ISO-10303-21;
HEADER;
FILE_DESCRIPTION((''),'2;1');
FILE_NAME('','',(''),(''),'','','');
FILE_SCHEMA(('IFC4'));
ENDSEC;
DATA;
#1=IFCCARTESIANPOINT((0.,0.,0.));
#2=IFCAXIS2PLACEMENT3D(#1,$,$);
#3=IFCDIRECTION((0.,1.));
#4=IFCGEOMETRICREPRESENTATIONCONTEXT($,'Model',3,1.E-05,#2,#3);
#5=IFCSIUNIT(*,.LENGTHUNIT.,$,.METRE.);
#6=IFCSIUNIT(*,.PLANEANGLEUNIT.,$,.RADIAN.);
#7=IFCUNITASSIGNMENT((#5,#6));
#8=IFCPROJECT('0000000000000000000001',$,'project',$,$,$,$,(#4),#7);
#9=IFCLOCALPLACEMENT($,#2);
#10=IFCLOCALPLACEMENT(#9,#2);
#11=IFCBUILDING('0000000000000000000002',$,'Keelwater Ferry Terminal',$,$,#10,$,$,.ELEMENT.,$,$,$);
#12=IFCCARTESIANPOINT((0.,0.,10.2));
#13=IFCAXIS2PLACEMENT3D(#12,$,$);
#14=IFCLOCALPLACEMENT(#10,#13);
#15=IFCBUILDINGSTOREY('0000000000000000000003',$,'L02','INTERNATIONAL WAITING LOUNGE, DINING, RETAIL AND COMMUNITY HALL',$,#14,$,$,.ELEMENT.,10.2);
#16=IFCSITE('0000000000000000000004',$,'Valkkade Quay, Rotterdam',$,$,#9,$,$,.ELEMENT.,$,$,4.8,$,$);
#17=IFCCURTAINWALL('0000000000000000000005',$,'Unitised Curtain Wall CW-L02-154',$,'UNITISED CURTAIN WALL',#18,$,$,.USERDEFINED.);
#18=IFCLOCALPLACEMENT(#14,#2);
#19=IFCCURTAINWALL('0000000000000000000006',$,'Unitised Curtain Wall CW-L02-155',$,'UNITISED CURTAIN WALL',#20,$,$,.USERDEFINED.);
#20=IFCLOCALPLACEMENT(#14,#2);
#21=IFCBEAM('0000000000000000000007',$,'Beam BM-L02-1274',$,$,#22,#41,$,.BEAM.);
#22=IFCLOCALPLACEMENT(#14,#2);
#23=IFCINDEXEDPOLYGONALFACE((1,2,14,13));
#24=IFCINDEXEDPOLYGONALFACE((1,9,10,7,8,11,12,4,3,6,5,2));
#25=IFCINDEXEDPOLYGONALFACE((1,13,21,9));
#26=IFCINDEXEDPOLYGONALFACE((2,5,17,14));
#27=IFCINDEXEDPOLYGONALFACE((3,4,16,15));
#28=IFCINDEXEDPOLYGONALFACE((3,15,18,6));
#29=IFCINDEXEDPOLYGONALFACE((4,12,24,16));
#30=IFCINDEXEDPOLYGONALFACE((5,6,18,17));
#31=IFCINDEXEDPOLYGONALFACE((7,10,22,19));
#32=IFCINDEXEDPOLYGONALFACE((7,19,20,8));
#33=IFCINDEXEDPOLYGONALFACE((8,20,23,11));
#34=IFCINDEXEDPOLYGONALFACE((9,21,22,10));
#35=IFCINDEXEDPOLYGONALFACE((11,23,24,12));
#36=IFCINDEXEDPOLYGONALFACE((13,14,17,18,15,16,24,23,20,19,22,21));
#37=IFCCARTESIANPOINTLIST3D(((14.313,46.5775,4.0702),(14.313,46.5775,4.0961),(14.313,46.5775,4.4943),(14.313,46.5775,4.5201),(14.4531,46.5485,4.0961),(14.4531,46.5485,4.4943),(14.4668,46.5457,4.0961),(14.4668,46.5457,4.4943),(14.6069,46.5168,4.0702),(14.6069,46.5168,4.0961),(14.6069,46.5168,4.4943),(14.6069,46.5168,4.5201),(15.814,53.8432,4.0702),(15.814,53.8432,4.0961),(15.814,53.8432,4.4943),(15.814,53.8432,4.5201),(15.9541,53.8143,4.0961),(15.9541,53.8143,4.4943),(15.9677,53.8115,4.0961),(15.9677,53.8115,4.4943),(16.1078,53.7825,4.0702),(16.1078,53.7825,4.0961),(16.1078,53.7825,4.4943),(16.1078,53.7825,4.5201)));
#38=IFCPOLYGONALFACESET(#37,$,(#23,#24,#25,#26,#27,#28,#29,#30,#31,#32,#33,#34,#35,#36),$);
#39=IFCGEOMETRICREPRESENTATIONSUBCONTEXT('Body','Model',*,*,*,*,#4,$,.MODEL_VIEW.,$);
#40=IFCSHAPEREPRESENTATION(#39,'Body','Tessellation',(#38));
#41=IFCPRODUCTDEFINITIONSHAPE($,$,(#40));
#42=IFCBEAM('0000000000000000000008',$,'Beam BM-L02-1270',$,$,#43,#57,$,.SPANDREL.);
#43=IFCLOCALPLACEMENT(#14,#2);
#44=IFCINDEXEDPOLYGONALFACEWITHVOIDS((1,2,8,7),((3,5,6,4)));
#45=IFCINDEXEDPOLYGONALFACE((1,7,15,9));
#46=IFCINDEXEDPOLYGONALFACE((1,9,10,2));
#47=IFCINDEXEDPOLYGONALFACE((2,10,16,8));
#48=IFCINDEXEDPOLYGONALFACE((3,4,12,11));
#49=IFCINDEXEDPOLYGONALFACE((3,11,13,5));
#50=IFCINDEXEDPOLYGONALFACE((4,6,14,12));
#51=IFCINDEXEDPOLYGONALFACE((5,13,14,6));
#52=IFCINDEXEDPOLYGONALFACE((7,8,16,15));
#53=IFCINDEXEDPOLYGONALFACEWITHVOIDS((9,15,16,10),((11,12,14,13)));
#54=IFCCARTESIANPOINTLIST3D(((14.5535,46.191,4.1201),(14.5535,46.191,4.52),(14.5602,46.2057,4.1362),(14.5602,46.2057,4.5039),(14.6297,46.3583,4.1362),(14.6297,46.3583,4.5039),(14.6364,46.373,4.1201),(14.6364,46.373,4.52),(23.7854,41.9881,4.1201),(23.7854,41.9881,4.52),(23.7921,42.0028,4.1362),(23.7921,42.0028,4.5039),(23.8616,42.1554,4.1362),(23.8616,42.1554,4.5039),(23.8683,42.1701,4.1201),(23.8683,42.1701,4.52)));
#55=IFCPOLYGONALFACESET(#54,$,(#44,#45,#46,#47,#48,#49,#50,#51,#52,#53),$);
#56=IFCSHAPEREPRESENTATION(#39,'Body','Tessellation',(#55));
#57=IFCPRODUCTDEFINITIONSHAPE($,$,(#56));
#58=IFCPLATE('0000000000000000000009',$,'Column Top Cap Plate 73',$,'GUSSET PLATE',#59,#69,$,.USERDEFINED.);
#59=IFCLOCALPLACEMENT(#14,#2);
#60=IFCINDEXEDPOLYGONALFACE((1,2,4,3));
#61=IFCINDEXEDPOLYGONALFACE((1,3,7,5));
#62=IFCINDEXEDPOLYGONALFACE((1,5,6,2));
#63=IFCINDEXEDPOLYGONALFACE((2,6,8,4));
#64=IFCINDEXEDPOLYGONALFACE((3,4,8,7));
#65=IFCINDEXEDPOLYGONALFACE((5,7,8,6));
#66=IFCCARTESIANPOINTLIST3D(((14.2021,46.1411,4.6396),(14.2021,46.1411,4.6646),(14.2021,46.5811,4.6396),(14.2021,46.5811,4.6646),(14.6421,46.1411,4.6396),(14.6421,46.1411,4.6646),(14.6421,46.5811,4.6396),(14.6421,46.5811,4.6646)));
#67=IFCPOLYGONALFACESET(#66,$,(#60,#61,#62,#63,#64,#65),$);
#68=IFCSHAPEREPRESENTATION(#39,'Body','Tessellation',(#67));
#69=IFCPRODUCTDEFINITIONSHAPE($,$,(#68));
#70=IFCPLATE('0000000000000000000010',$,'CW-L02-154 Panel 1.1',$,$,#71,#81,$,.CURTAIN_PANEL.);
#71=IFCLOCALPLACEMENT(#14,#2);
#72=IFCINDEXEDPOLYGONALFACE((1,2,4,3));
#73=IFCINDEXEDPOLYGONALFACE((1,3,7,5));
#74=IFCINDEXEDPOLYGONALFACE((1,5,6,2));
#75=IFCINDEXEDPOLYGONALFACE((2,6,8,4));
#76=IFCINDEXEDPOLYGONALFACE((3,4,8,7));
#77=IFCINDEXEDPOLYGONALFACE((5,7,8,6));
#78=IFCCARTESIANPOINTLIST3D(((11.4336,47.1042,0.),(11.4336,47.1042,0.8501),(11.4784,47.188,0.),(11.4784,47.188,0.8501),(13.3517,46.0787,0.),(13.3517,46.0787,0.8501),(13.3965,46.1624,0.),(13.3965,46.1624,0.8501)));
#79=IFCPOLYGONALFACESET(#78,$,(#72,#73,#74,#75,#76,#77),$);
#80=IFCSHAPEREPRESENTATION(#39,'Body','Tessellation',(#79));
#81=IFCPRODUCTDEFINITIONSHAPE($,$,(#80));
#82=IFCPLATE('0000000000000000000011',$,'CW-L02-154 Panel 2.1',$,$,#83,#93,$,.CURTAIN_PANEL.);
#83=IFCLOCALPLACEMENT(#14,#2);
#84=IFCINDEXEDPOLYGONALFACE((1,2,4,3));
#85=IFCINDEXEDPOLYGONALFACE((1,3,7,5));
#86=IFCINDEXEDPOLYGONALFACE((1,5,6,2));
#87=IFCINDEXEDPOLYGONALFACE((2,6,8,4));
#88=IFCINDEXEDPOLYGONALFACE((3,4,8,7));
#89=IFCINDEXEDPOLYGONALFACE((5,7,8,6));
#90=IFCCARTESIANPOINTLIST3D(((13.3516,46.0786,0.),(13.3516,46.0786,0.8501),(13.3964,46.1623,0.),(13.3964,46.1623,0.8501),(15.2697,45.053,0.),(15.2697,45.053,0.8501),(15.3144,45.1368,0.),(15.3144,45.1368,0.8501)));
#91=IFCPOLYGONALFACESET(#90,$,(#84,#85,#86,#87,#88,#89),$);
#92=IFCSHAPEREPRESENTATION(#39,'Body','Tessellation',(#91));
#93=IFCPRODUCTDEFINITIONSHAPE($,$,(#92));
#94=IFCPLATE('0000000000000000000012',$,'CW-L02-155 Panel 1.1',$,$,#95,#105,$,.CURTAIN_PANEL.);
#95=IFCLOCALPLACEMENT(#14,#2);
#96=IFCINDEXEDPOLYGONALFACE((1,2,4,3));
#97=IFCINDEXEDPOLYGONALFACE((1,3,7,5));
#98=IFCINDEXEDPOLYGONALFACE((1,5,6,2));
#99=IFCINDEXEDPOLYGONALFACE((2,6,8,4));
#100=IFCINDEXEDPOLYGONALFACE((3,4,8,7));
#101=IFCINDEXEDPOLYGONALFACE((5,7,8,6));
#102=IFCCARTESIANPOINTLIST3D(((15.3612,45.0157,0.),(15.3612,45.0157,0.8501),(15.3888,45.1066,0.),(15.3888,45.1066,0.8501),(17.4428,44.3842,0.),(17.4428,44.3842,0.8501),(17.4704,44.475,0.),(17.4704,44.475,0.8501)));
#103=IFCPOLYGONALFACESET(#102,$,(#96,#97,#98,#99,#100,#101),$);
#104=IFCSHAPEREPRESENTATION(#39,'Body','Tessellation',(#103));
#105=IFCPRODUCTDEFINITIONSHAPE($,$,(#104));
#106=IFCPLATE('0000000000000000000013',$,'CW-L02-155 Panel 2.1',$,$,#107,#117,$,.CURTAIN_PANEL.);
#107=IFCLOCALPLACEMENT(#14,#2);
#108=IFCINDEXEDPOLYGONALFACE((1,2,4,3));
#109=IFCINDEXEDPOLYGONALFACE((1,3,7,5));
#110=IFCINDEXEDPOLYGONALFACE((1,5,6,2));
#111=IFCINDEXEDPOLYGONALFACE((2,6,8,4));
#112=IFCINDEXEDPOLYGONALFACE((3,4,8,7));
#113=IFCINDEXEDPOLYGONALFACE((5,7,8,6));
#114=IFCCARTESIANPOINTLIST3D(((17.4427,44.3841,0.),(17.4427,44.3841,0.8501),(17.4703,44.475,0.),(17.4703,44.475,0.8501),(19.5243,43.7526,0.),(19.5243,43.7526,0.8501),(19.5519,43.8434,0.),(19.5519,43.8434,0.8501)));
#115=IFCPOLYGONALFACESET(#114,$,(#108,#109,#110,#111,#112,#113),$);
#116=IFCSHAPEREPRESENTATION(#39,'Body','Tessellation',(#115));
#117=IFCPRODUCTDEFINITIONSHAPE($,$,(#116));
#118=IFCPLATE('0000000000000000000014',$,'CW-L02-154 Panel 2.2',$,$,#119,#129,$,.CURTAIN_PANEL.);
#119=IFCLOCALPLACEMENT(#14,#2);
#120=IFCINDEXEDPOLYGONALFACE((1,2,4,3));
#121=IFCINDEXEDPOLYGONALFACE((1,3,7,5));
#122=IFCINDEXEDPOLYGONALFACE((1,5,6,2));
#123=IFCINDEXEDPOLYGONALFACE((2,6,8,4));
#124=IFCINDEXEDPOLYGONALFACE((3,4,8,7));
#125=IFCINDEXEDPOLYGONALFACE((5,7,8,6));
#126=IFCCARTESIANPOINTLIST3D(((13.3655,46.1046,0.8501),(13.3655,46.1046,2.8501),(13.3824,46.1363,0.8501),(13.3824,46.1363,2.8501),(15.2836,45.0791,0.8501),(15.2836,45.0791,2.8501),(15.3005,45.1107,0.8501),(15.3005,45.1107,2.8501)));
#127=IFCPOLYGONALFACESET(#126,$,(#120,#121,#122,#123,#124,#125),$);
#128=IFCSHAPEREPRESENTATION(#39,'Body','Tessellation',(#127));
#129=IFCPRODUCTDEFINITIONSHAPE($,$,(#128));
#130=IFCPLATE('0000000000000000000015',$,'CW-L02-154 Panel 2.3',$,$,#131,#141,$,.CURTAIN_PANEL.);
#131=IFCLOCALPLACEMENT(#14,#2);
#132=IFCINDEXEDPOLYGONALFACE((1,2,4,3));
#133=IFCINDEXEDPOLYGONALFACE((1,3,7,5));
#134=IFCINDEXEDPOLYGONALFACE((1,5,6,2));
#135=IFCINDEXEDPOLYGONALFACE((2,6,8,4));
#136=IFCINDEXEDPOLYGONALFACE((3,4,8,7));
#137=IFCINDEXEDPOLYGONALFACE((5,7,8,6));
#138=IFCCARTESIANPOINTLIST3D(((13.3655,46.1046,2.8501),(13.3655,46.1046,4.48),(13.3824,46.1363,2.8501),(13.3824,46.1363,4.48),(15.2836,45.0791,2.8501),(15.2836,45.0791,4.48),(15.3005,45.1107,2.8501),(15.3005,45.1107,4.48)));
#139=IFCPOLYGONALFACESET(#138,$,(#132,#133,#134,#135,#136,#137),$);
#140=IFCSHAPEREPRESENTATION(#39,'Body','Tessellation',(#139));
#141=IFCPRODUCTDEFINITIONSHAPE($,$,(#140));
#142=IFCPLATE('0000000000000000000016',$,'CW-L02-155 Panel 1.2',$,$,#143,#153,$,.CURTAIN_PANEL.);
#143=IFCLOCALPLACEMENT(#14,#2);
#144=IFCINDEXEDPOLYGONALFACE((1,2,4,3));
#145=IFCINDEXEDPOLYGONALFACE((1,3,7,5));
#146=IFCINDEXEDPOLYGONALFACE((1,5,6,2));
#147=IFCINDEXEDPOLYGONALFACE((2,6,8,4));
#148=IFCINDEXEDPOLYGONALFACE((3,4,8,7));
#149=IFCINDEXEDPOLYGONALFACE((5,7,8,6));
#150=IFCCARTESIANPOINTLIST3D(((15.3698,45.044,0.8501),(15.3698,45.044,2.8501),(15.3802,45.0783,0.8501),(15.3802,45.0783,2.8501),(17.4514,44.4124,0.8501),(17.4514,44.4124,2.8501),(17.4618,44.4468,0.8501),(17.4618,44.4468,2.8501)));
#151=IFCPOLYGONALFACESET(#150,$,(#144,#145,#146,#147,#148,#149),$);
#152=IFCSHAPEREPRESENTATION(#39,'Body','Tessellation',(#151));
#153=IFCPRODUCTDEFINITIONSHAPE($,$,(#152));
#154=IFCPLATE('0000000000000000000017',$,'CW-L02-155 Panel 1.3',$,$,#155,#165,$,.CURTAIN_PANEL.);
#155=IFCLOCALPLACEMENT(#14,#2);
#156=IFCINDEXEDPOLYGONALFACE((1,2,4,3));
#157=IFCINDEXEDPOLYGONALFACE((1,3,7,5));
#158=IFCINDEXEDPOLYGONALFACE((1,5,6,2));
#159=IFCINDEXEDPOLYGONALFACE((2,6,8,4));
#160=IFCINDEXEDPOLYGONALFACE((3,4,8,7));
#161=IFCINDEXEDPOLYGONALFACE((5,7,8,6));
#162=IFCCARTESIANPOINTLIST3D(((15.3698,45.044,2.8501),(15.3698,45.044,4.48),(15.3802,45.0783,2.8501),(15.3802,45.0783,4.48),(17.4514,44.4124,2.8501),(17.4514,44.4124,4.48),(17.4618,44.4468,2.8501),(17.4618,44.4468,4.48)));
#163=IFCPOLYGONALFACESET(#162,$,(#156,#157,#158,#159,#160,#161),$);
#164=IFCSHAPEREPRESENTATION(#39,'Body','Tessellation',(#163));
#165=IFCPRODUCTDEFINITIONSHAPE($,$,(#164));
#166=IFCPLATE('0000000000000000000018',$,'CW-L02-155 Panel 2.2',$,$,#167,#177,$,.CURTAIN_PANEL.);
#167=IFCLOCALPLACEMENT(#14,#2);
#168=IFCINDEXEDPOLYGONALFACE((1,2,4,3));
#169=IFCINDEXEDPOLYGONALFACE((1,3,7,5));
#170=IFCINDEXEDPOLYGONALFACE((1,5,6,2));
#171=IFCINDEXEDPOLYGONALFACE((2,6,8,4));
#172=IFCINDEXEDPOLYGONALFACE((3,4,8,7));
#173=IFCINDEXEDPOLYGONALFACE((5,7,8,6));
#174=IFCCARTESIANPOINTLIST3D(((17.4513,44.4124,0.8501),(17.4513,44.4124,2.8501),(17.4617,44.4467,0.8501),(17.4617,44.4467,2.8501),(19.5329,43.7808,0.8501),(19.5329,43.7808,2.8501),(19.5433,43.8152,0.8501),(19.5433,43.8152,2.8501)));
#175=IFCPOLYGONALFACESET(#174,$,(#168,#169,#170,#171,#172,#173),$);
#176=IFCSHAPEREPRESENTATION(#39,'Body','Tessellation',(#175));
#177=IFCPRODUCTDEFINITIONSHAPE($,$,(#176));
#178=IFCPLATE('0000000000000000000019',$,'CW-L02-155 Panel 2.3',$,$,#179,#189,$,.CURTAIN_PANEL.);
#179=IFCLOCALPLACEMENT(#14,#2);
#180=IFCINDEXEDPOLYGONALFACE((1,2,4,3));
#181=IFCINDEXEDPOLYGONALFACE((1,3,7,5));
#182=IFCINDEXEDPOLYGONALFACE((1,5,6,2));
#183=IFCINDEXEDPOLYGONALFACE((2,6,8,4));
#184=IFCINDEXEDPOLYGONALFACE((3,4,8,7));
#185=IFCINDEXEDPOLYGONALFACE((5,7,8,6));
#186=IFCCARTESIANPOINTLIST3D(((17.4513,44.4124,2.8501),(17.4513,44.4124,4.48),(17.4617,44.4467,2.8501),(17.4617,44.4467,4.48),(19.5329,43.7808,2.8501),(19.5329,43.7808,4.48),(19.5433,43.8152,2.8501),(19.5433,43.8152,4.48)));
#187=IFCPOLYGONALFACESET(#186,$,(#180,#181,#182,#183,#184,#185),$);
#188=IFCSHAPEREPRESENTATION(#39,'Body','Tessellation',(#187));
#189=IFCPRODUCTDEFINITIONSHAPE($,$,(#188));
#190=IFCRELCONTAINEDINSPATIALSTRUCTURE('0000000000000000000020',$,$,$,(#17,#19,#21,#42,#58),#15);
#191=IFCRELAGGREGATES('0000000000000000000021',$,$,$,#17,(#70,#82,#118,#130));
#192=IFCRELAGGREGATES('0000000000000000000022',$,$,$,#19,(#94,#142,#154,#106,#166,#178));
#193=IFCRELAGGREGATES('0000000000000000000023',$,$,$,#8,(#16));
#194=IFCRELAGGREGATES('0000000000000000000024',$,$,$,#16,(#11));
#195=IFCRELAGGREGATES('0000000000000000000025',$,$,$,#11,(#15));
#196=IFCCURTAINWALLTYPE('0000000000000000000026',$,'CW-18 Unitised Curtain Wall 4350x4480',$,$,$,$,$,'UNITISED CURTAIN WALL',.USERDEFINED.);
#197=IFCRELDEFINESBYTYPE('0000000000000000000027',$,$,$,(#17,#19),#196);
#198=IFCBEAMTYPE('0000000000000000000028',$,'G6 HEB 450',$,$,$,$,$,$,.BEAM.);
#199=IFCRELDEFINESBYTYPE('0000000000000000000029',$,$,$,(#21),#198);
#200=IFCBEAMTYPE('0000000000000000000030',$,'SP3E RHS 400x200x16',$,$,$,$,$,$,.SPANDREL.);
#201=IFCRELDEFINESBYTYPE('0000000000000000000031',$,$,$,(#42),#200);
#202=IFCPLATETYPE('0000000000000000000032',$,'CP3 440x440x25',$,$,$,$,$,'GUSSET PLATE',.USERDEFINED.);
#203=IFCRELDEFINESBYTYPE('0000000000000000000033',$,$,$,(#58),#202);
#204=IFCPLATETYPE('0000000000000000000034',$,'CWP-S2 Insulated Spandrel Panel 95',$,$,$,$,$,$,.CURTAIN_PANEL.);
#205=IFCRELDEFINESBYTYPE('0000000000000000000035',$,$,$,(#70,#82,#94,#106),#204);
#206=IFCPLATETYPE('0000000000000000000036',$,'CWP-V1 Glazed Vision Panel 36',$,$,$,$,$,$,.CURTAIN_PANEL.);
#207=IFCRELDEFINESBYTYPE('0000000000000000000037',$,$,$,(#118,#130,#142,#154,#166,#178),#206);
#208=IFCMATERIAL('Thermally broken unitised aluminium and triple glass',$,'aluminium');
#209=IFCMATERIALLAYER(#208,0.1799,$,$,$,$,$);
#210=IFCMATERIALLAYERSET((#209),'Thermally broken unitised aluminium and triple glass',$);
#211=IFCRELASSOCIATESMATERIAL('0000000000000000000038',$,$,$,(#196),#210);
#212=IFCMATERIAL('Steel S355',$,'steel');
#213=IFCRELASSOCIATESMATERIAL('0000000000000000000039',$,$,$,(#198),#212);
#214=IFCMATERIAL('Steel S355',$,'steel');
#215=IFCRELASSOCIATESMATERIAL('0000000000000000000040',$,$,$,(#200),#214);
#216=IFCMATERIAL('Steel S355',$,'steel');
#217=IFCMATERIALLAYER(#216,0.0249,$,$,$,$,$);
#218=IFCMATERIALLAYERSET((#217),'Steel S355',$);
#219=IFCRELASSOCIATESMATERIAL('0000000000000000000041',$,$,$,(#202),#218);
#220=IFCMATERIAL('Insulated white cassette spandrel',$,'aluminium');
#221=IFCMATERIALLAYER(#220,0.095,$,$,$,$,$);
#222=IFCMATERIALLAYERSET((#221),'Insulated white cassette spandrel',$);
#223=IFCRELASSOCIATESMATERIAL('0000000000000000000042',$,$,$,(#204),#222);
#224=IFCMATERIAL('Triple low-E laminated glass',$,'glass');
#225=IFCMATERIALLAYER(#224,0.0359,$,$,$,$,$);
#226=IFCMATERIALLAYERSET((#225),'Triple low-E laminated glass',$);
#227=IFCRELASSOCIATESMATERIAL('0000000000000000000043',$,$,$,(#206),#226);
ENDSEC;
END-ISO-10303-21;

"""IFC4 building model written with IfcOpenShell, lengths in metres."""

from ifc_helpers import new_model, si_unit, direction, frame, origin, origin_2d, place, context, subcontext, project, spatial, rectangle, hollow_rectangle, i_section, extrude, material, layer, layer_set, material_profile, profile_set, type_object, element, aggregate, save


model = new_model("IFC4")

# Units and contexts
model_context = context("Model", 3, precision=1e-05, world=origin(), true_north=direction((0.0, 1.0)))
body_context = subcontext(model_context, "Body", "Model", "MODEL_VIEW")
ifc_project = project(units=[si_unit("LENGTHUNIT", "METRE"), si_unit("PLANEANGLEUNIT", "RADIAN")], contexts=[model_context])

# Site, building, storey
site_placement = place(None, origin())
site = spatial("IfcSite", under=ifc_project, at=site_placement, Name="Valkkade Quay, Rotterdam", CompositionType="ELEMENT", RefElevation=4.8)
building_placement = place(site_placement, origin())
building = spatial("IfcBuilding", under=site, at=building_placement, Name="Keelwater Ferry Terminal", CompositionType="ELEMENT")
storey_placement = place(building_placement, frame((0.0, 0.0, 10.2)))
storey = spatial("IfcBuildingStorey", under=building, at=storey_placement, Name="L02", Description="INTERNATIONAL WAITING LOUNGE, DINING, RETAIL AND COMMUNITY HALL", CompositionType="ELEMENT", Elevation=10.2)

# Curtain walls
ifc_material_1 = material(Name="Thermally broken unitised aluminium and triple glass", Category="aluminium")
ifc_layer_1 = layer(ifc_material_1, 0.1799)
ifc_layer_set_1 = layer_set([ifc_layer_1], Name="Thermally broken unitised aluminium and triple glass")
curtain_wall_type = type_object("IfcCurtainWallType", Name="CW-18 Unitised Curtain Wall 4350x4480", ElementType="UNITISED CURTAIN WALL", PredefinedType="USERDEFINED", material=ifc_layer_set_1)
curtain_wall_1_placement = place(storey_placement, origin())
curtain_wall_1 = element("IfcCurtainWall", 1, at=curtain_wall_1_placement, inside=storey, type_object=curtain_wall_type, Name="Unitised Curtain Wall CW-L02-154", ObjectType="UNITISED CURTAIN WALL", PredefinedType="USERDEFINED")
curtain_wall_2_placement = place(storey_placement, origin())
curtain_wall_2 = element("IfcCurtainWall", 2, at=curtain_wall_2_placement, inside=storey, type_object=curtain_wall_type, Name="Unitised Curtain Wall CW-L02-155", ObjectType="UNITISED CURTAIN WALL", PredefinedType="USERDEFINED")

# Beams
ifc_material_2 = material(Name="Steel S355", Category="steel")
ifc_material_profile_1 = material_profile(ifc_material_2, i_section(OverallWidth=0.3, OverallDepth=0.45, WebThickness=0.0139, FlangeThickness=0.0259, at=origin_2d()), Name="HEB 450")
ifc_profile_set_1 = profile_set([ifc_material_profile_1], Name="Steel S355")
beam_type_1 = type_object("IfcBeamType", Name="G6 HEB 450", PredefinedType="BEAM", material=ifc_profile_set_1)
beam_1_placement = place(storey_placement, frame((14.46, 46.5471, 4.2952), z_axis=(0.202307, 0.979322, 0.0), x_axis=(-0.979322, 0.202307, 0.0)))
element("IfcBeam", 3, at=beam_1_placement, inside=storey, type_object=beam_type_1, Name="Beam BM-L02-1274", PredefinedType="BEAM", context=body_context, shape_type="SweptSolid", body=[
    extrude(i_section(OverallWidth=0.3, OverallDepth=0.45, WebThickness=0.0139, FlangeThickness=0.0259, at=origin_2d()), origin(), (0.0, 0.0, 1.0), 7.4192),
])
ifc_material_3 = material(Name="Steel S355", Category="steel")
ifc_material_profile_2 = material_profile(ifc_material_3, hollow_rectangle(XDim=0.2, YDim=0.3999, WallThickness=0.0161, at=origin_2d()), Name="RHS 400x200x16")
ifc_profile_set_2 = profile_set([ifc_material_profile_2], Name="Steel S355")
beam_type_2 = type_object("IfcBeamType", Name="SP3E RHS 400x200x16", PredefinedType="SPANDREL", material=ifc_profile_set_2)
beam_2_placement = place(storey_placement, frame((14.595, 46.282, 4.3201), z_axis=(0.910123, -0.414338, 0.0), x_axis=(0.414338, 0.910123, 0.0)))
element("IfcBeam", 4, at=beam_2_placement, inside=storey, type_object=beam_type_2, Name="Beam BM-L02-1270", PredefinedType="SPANDREL", context=body_context, shape_type="SweptSolid", body=[
    extrude(hollow_rectangle(XDim=0.2, YDim=0.3999, WallThickness=0.0161, at=origin_2d()), origin(), (0.0, 0.0, 1.0), 10.1436),
])

# Plates
ifc_material_4 = material(Name="Steel S355", Category="steel")
ifc_layer_2 = layer(ifc_material_4, 0.0249)
ifc_layer_set_2 = layer_set([ifc_layer_2], Name="Steel S355")
plate_type_1 = type_object("IfcPlateType", Name="CP3 440x440x25", ElementType="GUSSET PLATE", PredefinedType="USERDEFINED", material=ifc_layer_set_2)
plate_1_placement = place(storey_placement, frame((14.4221, 46.3611, 4.6396), z_axis=(0.0, 0.0, 1.0), x_axis=(1.0, 0.0, 0.0)))
element("IfcPlate", 5, at=plate_1_placement, inside=storey, type_object=plate_type_1, Name="Column Top Cap Plate 73", ObjectType="GUSSET PLATE", PredefinedType="USERDEFINED", context=body_context, shape_type="SweptSolid", body=[
    extrude(rectangle(XDim=0.4399, YDim=0.4399, at=origin_2d()), origin(), (0.0, 0.0, 1.0), 0.0249),
])
ifc_material_5 = material(Name="Insulated white cassette spandrel", Category="aluminium")
ifc_layer_3 = layer(ifc_material_5, 0.095)
ifc_layer_set_3 = layer_set([ifc_layer_3], Name="Insulated white cassette spandrel")
plate_type_2 = type_object("IfcPlateType", Name="CWP-S2 Insulated Spandrel Panel 95", PredefinedType="CURTAIN_PANEL", material=ifc_layer_set_3)
plate_2_placement = place(storey_placement, frame((12.415, 46.6333, 0.0), z_axis=(0.0, 0.0, 1.0), x_axis=(0.881862, -0.471507, 0.0)))
plate_2 = element("IfcPlate", 6, at=plate_2_placement, type_object=plate_type_2, Name="CW-L02-154 Panel 1.1", PredefinedType="CURTAIN_PANEL", context=body_context, shape_type="SweptSolid", body=[
    extrude(rectangle(XDim=2.175, YDim=0.095, at=origin_2d()), origin(), (0.0, 0.0, 1.0), 0.8501),
])
plate_3_placement = place(storey_placement, frame((14.333, 45.6077, 0.0), z_axis=(0.0, 0.0, 1.0), x_axis=(0.881862, -0.471507, 0.0)))
plate_3 = element("IfcPlate", 7, at=plate_3_placement, type_object=plate_type_2, Name="CW-L02-154 Panel 2.1", PredefinedType="CURTAIN_PANEL", context=body_context, shape_type="SweptSolid", body=[
    extrude(rectangle(XDim=2.175, YDim=0.095, at=origin_2d()), origin(), (0.0, 0.0, 1.0), 0.8501),
])
plate_4_placement = place(storey_placement, frame((16.4158, 44.7454, 0.0), z_axis=(0.0, 0.0, 1.0), x_axis=(0.95693, -0.29032, 0.0)))
plate_4 = element("IfcPlate", 8, at=plate_4_placement, type_object=plate_type_2, Name="CW-L02-155 Panel 1.1", PredefinedType="CURTAIN_PANEL", context=body_context, shape_type="SweptSolid", body=[
    extrude(rectangle(XDim=2.1753, YDim=0.095, at=origin_2d()), origin(), (0.0, 0.0, 1.0), 0.8501),
])
plate_5_placement = place(storey_placement, frame((18.4973, 44.1138, 0.0), z_axis=(0.0, 0.0, 1.0), x_axis=(0.95693, -0.29032, 0.0)))
plate_5 = element("IfcPlate", 9, at=plate_5_placement, type_object=plate_type_2, Name="CW-L02-155 Panel 2.1", PredefinedType="CURTAIN_PANEL", context=body_context, shape_type="SweptSolid", body=[
    extrude(rectangle(XDim=2.1753, YDim=0.095, at=origin_2d()), origin(), (0.0, 0.0, 1.0), 0.8501),
])
ifc_material_6 = material(Name="Triple low-E laminated glass", Category="glass")
ifc_layer_4 = layer(ifc_material_6, 0.0359)
ifc_layer_set_4 = layer_set([ifc_layer_4], Name="Triple low-E laminated glass")
plate_type_3 = type_object("IfcPlateType", Name="CWP-V1 Glazed Vision Panel 36", PredefinedType="CURTAIN_PANEL", material=ifc_layer_set_4)
plate_6_placement = place(storey_placement, frame((14.333, 45.6077, 0.8501), z_axis=(0.0, 0.0, 1.0), x_axis=(0.881862, -0.471507, 0.0)))
plate_6 = element("IfcPlate", 10, at=plate_6_placement, type_object=plate_type_3, Name="CW-L02-154 Panel 2.2", PredefinedType="CURTAIN_PANEL", context=body_context, shape_type="SweptSolid", body=[
    extrude(rectangle(XDim=2.175, YDim=0.0359, at=origin_2d()), origin(), (0.0, 0.0, 1.0), 2.0),
])
plate_7_placement = place(storey_placement, frame((14.333, 45.6077, 2.8501), z_axis=(0.0, 0.0, 1.0), x_axis=(0.881862, -0.471507, 0.0)))
plate_7 = element("IfcPlate", 11, at=plate_7_placement, type_object=plate_type_3, Name="CW-L02-154 Panel 2.3", PredefinedType="CURTAIN_PANEL", context=body_context, shape_type="SweptSolid", body=[
    extrude(rectangle(XDim=2.175, YDim=0.0359, at=origin_2d()), origin(), (0.0, 0.0, 1.0), 1.6299),
])
aggregate(curtain_wall_1, [plate_2, plate_3, plate_6, plate_7])
plate_8_placement = place(storey_placement, frame((16.4158, 44.7454, 0.8501), z_axis=(0.0, 0.0, 1.0), x_axis=(0.95693, -0.29032, 0.0)))
plate_8 = element("IfcPlate", 12, at=plate_8_placement, type_object=plate_type_3, Name="CW-L02-155 Panel 1.2", PredefinedType="CURTAIN_PANEL", context=body_context, shape_type="SweptSolid", body=[
    extrude(rectangle(XDim=2.1753, YDim=0.0359, at=origin_2d()), origin(), (0.0, 0.0, 1.0), 2.0),
])
plate_9_placement = place(storey_placement, frame((16.4158, 44.7454, 2.8501), z_axis=(0.0, 0.0, 1.0), x_axis=(0.95693, -0.29032, 0.0)))
plate_9 = element("IfcPlate", 13, at=plate_9_placement, type_object=plate_type_3, Name="CW-L02-155 Panel 1.3", PredefinedType="CURTAIN_PANEL", context=body_context, shape_type="SweptSolid", body=[
    extrude(rectangle(XDim=2.1753, YDim=0.0359, at=origin_2d()), origin(), (0.0, 0.0, 1.0), 1.6299),
])
plate_10_placement = place(storey_placement, frame((18.4973, 44.1138, 0.8501), z_axis=(0.0, 0.0, 1.0), x_axis=(0.95693, -0.29032, 0.0)))
plate_10 = element("IfcPlate", 14, at=plate_10_placement, type_object=plate_type_3, Name="CW-L02-155 Panel 2.2", PredefinedType="CURTAIN_PANEL", context=body_context, shape_type="SweptSolid", body=[
    extrude(rectangle(XDim=2.1753, YDim=0.0359, at=origin_2d()), origin(), (0.0, 0.0, 1.0), 2.0),
])
plate_11_placement = place(storey_placement, frame((18.4973, 44.1138, 2.8501), z_axis=(0.0, 0.0, 1.0), x_axis=(0.95693, -0.29032, 0.0)))
plate_11 = element("IfcPlate", 15, at=plate_11_placement, type_object=plate_type_3, Name="CW-L02-155 Panel 2.3", PredefinedType="CURTAIN_PANEL", context=body_context, shape_type="SweptSolid", body=[
    extrude(rectangle(XDim=2.1753, YDim=0.0359, at=origin_2d()), origin(), (0.0, 0.0, 1.0), 1.6299),
])
aggregate(curtain_wall_2, [plate_4, plate_8, plate_9, plate_5, plate_10, plate_11])

save(model, "model.ifc")
